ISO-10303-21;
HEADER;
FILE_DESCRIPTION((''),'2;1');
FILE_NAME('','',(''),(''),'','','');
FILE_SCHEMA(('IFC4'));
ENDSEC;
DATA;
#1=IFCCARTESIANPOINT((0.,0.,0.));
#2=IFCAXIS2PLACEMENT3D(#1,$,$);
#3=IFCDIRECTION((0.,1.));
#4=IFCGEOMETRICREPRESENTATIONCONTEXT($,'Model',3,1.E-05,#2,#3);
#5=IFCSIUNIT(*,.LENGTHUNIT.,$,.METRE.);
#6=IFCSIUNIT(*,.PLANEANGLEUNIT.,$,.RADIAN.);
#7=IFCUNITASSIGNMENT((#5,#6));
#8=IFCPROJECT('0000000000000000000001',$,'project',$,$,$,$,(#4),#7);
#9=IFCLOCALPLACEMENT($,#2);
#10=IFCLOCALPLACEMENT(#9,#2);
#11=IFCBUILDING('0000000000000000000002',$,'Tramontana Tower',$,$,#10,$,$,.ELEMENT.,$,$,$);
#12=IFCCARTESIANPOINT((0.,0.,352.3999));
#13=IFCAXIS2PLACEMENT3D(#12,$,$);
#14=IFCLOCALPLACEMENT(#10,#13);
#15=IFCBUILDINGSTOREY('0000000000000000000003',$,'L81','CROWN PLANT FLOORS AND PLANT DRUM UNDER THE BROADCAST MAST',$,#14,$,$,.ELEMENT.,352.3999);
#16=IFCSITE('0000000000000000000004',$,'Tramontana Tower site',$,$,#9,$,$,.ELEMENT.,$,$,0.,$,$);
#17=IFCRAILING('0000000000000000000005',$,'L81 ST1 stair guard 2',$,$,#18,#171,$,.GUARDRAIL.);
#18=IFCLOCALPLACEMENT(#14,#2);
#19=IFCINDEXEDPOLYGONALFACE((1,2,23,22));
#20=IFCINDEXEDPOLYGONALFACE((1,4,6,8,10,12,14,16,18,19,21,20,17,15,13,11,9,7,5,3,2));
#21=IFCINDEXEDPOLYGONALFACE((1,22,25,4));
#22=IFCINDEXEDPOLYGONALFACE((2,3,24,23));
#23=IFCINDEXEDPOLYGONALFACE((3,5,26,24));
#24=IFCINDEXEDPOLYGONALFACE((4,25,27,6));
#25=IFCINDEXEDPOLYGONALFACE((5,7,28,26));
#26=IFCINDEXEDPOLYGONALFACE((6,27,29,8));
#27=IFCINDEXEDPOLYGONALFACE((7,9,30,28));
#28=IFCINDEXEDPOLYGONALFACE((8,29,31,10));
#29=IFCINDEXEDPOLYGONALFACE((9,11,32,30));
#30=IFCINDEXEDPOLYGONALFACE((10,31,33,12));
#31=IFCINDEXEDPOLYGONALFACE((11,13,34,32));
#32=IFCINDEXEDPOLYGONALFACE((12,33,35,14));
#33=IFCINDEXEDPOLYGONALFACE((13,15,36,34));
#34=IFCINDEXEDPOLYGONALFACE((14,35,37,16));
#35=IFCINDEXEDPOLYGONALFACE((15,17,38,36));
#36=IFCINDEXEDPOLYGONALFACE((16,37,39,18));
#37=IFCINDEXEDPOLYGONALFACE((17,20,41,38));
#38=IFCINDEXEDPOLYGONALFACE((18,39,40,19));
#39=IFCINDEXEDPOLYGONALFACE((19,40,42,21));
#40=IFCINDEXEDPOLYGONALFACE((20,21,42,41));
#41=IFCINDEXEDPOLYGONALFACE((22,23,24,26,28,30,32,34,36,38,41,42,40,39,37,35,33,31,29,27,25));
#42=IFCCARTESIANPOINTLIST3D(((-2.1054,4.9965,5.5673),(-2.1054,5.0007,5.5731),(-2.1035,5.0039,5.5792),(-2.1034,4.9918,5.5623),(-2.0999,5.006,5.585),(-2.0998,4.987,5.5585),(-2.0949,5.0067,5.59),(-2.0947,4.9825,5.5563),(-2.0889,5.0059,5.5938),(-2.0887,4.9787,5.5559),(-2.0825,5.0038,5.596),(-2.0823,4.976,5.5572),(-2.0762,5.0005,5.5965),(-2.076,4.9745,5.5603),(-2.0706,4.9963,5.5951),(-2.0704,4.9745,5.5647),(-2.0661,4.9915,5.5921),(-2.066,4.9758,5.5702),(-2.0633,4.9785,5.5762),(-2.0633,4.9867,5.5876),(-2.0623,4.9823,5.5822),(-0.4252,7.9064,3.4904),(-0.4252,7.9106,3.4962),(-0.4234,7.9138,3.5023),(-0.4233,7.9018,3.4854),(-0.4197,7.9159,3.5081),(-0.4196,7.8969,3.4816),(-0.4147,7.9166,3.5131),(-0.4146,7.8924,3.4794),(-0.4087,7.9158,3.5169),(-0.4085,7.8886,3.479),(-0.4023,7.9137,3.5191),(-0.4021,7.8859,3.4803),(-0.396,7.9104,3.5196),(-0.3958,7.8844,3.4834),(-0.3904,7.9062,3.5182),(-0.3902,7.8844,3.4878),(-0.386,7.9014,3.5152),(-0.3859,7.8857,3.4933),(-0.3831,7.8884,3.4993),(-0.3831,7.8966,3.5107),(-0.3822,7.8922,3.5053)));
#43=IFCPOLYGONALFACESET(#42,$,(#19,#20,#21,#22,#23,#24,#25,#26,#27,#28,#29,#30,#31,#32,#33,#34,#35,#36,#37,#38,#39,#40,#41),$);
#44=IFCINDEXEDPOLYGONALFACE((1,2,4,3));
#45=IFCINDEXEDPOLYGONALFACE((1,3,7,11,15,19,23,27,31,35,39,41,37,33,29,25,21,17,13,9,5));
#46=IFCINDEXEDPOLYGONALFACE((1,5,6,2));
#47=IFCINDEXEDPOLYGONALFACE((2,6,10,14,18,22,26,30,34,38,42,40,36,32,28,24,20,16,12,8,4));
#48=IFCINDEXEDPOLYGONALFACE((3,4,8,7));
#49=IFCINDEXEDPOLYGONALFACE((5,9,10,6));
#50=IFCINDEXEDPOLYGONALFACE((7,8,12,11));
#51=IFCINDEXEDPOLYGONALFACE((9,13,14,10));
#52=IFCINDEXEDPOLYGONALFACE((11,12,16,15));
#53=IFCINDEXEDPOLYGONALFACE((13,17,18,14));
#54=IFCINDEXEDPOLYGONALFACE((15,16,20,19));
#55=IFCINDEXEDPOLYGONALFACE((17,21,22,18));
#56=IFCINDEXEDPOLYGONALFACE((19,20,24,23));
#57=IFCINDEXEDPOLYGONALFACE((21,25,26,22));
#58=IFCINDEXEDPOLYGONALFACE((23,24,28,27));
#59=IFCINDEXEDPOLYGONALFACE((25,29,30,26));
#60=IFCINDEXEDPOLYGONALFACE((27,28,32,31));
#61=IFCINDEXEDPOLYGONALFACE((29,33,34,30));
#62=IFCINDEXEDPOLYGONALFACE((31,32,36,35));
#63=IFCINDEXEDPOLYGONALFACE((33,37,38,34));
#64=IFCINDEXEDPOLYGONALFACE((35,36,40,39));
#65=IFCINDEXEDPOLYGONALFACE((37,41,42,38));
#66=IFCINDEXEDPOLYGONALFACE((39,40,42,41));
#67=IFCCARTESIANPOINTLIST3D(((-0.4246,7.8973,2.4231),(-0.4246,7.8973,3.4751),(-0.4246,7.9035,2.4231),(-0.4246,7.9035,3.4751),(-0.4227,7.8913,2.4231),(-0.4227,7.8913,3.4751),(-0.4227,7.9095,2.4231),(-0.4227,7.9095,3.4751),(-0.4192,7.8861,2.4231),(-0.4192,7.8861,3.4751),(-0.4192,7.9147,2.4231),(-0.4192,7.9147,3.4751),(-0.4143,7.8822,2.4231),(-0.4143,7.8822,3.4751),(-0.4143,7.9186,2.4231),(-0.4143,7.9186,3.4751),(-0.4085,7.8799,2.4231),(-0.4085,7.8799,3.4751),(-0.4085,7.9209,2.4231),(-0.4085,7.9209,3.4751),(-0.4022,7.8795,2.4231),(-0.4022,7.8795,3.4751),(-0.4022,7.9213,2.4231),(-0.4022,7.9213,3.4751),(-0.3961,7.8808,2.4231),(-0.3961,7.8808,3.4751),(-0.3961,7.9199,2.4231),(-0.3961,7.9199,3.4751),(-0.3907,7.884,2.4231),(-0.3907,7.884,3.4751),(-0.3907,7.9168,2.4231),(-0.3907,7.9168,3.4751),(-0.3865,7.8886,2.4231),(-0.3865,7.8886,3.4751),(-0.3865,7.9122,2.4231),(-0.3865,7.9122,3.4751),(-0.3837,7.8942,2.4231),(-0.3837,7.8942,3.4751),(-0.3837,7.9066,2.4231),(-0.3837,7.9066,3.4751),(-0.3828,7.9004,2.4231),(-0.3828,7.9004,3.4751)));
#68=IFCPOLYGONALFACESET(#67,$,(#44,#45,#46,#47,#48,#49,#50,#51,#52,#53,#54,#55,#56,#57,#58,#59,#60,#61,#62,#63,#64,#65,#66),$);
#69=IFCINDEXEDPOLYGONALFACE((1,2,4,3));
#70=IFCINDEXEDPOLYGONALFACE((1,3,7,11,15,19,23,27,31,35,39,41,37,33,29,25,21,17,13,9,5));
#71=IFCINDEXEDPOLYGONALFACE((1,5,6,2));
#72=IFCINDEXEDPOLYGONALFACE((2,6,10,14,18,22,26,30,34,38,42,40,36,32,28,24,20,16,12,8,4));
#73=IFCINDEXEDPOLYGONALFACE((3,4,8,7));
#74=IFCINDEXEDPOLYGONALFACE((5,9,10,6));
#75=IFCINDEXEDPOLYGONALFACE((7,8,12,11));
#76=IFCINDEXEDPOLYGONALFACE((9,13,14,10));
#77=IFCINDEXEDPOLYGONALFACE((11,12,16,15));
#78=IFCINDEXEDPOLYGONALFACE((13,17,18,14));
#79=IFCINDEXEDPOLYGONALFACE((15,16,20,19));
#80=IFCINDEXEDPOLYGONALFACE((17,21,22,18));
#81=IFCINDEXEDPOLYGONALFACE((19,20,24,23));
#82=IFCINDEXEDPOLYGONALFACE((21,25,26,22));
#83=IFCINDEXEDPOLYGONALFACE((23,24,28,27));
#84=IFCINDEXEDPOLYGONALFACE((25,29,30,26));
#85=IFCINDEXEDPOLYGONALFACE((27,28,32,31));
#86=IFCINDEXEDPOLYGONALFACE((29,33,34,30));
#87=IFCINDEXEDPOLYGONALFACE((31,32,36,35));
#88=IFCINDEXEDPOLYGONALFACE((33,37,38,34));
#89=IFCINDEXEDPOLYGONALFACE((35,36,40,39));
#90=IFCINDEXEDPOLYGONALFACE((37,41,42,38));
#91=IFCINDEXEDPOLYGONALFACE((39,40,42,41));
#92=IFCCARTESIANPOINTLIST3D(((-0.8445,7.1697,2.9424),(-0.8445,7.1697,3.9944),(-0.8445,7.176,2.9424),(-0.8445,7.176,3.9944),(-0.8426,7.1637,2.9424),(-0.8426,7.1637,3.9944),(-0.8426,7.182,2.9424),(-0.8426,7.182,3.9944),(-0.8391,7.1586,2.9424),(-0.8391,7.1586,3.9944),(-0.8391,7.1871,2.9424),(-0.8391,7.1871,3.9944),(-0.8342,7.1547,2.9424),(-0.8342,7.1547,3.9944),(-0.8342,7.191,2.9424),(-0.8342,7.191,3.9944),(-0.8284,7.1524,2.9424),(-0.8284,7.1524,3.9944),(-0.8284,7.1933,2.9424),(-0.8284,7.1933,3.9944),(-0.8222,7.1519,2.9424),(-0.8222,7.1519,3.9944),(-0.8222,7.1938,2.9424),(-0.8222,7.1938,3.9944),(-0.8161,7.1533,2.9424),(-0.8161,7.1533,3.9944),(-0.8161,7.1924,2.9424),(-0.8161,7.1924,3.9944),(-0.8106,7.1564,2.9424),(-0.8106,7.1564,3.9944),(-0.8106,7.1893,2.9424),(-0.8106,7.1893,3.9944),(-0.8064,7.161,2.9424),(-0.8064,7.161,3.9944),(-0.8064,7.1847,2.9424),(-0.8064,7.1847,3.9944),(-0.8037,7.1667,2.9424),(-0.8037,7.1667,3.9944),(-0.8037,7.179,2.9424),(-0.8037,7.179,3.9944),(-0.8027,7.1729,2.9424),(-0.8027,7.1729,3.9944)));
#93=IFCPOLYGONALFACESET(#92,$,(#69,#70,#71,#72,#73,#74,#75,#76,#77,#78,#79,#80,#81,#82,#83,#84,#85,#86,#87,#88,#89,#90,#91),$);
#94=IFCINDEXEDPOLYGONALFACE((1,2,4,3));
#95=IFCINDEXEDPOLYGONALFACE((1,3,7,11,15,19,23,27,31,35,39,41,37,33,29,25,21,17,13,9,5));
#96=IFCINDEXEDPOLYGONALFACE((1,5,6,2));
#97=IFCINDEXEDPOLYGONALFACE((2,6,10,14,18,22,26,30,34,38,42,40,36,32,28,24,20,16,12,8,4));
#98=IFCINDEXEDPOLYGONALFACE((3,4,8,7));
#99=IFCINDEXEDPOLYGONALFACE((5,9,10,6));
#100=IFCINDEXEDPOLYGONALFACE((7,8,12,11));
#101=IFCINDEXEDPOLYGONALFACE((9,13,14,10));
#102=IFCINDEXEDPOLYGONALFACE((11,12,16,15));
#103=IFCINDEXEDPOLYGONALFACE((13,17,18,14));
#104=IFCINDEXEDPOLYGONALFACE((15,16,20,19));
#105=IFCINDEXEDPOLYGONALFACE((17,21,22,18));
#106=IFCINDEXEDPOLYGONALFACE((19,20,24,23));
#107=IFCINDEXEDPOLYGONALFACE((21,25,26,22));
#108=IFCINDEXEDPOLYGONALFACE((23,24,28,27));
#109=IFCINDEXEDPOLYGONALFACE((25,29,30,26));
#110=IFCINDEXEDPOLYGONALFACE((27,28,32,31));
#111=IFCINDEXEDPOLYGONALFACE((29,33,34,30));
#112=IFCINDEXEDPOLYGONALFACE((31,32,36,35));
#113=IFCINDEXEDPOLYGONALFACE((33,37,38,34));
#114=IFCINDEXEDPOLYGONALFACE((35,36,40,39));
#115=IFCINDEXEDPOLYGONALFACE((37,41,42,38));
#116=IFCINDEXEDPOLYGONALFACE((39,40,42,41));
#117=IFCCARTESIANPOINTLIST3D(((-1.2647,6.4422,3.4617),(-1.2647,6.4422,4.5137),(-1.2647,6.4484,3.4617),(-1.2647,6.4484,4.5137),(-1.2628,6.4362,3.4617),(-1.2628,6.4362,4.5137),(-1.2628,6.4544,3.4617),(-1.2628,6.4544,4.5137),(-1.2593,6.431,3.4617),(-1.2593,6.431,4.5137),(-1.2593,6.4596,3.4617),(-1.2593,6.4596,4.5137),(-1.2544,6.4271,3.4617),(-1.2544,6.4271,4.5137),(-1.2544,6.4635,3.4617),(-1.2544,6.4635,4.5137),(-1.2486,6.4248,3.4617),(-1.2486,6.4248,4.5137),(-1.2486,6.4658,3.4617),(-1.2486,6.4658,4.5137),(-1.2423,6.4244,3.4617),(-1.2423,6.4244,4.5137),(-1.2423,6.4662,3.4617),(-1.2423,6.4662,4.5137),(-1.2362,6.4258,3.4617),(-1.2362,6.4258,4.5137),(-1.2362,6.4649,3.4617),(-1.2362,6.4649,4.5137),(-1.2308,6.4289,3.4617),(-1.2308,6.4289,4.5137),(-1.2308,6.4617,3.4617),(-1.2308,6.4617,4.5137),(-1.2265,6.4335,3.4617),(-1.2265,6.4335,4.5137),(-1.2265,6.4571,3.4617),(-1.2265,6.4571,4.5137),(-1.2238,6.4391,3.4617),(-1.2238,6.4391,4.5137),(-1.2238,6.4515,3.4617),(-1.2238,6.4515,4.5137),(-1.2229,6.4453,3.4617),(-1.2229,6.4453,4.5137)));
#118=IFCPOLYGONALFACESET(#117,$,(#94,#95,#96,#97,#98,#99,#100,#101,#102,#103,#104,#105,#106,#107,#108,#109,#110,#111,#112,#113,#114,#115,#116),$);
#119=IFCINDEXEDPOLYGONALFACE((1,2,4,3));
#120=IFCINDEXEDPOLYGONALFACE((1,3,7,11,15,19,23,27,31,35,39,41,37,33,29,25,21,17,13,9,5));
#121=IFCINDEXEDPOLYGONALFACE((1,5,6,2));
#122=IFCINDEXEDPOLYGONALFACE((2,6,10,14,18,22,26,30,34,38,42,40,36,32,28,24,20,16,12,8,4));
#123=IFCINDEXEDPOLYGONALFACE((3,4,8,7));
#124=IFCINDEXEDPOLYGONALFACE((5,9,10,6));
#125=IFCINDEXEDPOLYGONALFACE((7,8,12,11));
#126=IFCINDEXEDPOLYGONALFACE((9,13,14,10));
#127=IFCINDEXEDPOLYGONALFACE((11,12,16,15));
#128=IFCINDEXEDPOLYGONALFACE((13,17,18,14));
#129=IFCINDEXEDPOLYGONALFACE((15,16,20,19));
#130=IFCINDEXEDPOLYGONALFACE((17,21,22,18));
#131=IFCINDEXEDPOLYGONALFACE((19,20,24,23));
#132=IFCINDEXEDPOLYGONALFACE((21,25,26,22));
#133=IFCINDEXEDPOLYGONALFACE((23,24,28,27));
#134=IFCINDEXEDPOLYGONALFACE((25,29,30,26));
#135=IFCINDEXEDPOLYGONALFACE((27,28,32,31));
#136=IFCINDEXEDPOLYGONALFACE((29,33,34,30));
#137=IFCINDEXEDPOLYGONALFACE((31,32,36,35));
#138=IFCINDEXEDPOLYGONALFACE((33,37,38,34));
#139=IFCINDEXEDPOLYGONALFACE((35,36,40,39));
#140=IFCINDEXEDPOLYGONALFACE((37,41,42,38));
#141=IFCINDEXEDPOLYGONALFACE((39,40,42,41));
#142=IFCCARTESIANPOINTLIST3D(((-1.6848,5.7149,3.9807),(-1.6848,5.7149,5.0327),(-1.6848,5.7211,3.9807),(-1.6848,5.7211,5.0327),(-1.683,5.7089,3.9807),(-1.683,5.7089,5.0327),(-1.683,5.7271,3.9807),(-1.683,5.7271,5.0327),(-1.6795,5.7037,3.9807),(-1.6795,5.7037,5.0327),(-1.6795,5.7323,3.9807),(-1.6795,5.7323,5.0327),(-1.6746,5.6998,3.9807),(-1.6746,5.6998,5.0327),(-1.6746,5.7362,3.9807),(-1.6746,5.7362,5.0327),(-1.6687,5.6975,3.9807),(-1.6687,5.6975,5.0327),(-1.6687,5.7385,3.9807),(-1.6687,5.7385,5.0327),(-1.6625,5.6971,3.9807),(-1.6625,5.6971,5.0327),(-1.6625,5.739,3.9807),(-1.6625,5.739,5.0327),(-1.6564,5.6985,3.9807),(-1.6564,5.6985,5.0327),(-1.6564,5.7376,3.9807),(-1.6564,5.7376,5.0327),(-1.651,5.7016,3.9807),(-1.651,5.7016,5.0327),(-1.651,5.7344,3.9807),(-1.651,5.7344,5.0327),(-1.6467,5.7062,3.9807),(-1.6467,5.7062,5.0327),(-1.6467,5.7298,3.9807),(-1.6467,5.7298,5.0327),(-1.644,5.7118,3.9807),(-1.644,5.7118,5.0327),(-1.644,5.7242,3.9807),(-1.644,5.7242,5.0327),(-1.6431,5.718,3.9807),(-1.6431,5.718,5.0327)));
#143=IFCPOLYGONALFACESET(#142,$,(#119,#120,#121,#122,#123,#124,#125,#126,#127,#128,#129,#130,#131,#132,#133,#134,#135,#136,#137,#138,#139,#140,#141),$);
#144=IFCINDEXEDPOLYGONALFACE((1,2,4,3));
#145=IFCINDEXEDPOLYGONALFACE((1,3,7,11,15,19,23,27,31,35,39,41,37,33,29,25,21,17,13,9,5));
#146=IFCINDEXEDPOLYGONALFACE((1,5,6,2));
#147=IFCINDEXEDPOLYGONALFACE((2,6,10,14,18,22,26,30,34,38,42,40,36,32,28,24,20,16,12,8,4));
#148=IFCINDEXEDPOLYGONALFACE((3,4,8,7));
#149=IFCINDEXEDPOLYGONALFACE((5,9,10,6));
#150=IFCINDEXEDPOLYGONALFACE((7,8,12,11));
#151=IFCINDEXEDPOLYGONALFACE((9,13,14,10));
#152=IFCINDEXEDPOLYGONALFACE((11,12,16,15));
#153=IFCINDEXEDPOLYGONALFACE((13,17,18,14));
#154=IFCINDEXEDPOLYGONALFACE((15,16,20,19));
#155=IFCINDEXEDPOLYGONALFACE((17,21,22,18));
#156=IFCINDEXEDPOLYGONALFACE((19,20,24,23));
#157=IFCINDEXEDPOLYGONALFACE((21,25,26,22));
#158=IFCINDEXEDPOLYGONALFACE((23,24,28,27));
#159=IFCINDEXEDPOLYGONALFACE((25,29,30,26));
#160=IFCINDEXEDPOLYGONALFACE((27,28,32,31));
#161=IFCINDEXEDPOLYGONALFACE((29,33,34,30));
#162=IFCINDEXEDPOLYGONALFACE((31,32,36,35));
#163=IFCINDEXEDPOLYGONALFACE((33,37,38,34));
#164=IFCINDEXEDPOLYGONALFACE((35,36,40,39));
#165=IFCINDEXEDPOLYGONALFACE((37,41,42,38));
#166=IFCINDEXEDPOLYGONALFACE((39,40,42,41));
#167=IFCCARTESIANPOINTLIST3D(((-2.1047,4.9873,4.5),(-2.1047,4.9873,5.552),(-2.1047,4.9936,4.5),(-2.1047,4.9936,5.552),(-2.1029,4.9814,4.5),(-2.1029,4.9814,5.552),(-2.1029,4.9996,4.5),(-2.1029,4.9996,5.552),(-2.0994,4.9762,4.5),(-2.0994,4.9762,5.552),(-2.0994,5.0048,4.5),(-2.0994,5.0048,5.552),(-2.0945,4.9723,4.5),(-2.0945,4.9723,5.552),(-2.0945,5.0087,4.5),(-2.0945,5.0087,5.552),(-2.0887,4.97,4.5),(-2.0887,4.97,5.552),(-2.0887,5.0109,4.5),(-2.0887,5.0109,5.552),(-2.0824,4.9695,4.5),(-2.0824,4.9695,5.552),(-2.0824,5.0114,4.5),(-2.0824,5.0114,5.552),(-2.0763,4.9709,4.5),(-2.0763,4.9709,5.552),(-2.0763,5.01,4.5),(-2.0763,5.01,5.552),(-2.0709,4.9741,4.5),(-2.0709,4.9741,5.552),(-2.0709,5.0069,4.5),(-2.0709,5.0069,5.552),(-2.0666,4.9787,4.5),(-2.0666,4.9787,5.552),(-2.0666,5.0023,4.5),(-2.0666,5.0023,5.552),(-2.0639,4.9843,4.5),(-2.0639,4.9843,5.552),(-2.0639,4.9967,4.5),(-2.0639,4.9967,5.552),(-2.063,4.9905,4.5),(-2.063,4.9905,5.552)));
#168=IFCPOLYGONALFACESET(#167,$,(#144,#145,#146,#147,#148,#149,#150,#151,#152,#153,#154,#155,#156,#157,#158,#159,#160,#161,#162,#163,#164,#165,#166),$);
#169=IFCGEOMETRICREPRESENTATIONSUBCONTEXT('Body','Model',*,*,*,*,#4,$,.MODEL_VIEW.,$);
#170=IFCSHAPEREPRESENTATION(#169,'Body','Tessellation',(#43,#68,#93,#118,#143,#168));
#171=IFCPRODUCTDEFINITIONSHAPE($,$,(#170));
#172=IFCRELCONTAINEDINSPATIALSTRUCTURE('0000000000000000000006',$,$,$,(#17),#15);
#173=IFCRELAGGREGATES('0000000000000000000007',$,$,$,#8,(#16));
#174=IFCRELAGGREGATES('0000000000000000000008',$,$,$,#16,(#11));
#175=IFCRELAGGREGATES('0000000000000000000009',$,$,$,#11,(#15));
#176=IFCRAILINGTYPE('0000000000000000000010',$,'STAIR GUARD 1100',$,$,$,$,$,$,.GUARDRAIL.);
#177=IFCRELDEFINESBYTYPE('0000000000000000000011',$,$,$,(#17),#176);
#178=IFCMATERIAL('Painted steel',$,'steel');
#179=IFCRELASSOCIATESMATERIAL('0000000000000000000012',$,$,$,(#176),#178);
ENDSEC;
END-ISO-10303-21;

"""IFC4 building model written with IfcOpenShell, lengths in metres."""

from ifc_helpers import new_model, si_unit, direction, frame, origin, origin_2d, place, context, subcontext, project, spatial, circle, extrude, material, type_object, element, save


model = new_model("IFC4")

# Units and contexts
model_context = context("Model", 3, precision=1e-05, world=origin(), true_north=direction((0.0, 1.0)))
body_context = subcontext(model_context, "Body", "Model", "MODEL_VIEW")
ifc_project = project(units=[si_unit("LENGTHUNIT", "METRE"), si_unit("PLANEANGLEUNIT", "RADIAN")], contexts=[model_context])

# Site, building, storey
site_placement = place(None, origin())
site = spatial("IfcSite", under=ifc_project, at=site_placement, Name="Tramontana Tower site", CompositionType="ELEMENT", RefElevation=0.0)
building_placement = place(site_placement, origin())
building = spatial("IfcBuilding", under=site, at=building_placement, Name="Tramontana Tower", CompositionType="ELEMENT")
storey_placement = place(building_placement, frame((0.0, 0.0, 352.3999)))
storey = spatial("IfcBuildingStorey", under=building, at=storey_placement, Name="L81", Description="CROWN PLANT FLOORS AND PLANT DRUM UNDER THE BROADCAST MAST", CompositionType="ELEMENT", Elevation=352.3999)

# Railing
ifc_material_1 = material(Name="Painted steel", Category="steel")
railing_type_1 = type_object("IfcRailingType", Name="STAIR GUARD 1100", PredefinedType="GUARDRAIL", material=ifc_material_1)
railing_1_placement = place(storey_placement, frame((-0.4038, 7.9004, 2.4231)))
element("IfcRailing", 1, at=railing_1_placement, inside=storey, type_object=railing_type_1, Name="L81 ST1 stair guard 2", PredefinedType="GUARDRAIL", context=body_context, shape_type="SweptSolid", body=[
    extrude(circle(Radius=0.0239, at=origin_2d()), frame((0.0, 0.0, 1.0762), z_axis=(-0.425339, -0.736649, 0.525771), x_axis=(0.866008, -0.500031, 0.0)), (0.0, 0.0, 1.0), 3.9502),
    extrude(circle(Radius=0.021, at=origin_2d()), origin(), (0.0, 0.0, 1.0), 1.052),
    extrude(circle(Radius=0.021, at=origin_2d()), frame((-0.4199, -0.7275, 0.5193)), (0.0, 0.0, 1.0), 1.052),
    extrude(circle(Radius=0.021, at=origin_2d()), frame((-0.8401, -1.4551, 1.0386)), (0.0, 0.0, 1.0), 1.052),
    extrude(circle(Radius=0.021, at=origin_2d()), frame((-1.2603, -2.1824, 1.5576)), (0.0, 0.0, 1.0), 1.052),
    extrude(circle(Radius=0.021, at=origin_2d()), frame((-1.6802, -2.9099, 2.0769)), (0.0, 0.0, 1.0), 1.052),
])

save(model, "model.ifc")
